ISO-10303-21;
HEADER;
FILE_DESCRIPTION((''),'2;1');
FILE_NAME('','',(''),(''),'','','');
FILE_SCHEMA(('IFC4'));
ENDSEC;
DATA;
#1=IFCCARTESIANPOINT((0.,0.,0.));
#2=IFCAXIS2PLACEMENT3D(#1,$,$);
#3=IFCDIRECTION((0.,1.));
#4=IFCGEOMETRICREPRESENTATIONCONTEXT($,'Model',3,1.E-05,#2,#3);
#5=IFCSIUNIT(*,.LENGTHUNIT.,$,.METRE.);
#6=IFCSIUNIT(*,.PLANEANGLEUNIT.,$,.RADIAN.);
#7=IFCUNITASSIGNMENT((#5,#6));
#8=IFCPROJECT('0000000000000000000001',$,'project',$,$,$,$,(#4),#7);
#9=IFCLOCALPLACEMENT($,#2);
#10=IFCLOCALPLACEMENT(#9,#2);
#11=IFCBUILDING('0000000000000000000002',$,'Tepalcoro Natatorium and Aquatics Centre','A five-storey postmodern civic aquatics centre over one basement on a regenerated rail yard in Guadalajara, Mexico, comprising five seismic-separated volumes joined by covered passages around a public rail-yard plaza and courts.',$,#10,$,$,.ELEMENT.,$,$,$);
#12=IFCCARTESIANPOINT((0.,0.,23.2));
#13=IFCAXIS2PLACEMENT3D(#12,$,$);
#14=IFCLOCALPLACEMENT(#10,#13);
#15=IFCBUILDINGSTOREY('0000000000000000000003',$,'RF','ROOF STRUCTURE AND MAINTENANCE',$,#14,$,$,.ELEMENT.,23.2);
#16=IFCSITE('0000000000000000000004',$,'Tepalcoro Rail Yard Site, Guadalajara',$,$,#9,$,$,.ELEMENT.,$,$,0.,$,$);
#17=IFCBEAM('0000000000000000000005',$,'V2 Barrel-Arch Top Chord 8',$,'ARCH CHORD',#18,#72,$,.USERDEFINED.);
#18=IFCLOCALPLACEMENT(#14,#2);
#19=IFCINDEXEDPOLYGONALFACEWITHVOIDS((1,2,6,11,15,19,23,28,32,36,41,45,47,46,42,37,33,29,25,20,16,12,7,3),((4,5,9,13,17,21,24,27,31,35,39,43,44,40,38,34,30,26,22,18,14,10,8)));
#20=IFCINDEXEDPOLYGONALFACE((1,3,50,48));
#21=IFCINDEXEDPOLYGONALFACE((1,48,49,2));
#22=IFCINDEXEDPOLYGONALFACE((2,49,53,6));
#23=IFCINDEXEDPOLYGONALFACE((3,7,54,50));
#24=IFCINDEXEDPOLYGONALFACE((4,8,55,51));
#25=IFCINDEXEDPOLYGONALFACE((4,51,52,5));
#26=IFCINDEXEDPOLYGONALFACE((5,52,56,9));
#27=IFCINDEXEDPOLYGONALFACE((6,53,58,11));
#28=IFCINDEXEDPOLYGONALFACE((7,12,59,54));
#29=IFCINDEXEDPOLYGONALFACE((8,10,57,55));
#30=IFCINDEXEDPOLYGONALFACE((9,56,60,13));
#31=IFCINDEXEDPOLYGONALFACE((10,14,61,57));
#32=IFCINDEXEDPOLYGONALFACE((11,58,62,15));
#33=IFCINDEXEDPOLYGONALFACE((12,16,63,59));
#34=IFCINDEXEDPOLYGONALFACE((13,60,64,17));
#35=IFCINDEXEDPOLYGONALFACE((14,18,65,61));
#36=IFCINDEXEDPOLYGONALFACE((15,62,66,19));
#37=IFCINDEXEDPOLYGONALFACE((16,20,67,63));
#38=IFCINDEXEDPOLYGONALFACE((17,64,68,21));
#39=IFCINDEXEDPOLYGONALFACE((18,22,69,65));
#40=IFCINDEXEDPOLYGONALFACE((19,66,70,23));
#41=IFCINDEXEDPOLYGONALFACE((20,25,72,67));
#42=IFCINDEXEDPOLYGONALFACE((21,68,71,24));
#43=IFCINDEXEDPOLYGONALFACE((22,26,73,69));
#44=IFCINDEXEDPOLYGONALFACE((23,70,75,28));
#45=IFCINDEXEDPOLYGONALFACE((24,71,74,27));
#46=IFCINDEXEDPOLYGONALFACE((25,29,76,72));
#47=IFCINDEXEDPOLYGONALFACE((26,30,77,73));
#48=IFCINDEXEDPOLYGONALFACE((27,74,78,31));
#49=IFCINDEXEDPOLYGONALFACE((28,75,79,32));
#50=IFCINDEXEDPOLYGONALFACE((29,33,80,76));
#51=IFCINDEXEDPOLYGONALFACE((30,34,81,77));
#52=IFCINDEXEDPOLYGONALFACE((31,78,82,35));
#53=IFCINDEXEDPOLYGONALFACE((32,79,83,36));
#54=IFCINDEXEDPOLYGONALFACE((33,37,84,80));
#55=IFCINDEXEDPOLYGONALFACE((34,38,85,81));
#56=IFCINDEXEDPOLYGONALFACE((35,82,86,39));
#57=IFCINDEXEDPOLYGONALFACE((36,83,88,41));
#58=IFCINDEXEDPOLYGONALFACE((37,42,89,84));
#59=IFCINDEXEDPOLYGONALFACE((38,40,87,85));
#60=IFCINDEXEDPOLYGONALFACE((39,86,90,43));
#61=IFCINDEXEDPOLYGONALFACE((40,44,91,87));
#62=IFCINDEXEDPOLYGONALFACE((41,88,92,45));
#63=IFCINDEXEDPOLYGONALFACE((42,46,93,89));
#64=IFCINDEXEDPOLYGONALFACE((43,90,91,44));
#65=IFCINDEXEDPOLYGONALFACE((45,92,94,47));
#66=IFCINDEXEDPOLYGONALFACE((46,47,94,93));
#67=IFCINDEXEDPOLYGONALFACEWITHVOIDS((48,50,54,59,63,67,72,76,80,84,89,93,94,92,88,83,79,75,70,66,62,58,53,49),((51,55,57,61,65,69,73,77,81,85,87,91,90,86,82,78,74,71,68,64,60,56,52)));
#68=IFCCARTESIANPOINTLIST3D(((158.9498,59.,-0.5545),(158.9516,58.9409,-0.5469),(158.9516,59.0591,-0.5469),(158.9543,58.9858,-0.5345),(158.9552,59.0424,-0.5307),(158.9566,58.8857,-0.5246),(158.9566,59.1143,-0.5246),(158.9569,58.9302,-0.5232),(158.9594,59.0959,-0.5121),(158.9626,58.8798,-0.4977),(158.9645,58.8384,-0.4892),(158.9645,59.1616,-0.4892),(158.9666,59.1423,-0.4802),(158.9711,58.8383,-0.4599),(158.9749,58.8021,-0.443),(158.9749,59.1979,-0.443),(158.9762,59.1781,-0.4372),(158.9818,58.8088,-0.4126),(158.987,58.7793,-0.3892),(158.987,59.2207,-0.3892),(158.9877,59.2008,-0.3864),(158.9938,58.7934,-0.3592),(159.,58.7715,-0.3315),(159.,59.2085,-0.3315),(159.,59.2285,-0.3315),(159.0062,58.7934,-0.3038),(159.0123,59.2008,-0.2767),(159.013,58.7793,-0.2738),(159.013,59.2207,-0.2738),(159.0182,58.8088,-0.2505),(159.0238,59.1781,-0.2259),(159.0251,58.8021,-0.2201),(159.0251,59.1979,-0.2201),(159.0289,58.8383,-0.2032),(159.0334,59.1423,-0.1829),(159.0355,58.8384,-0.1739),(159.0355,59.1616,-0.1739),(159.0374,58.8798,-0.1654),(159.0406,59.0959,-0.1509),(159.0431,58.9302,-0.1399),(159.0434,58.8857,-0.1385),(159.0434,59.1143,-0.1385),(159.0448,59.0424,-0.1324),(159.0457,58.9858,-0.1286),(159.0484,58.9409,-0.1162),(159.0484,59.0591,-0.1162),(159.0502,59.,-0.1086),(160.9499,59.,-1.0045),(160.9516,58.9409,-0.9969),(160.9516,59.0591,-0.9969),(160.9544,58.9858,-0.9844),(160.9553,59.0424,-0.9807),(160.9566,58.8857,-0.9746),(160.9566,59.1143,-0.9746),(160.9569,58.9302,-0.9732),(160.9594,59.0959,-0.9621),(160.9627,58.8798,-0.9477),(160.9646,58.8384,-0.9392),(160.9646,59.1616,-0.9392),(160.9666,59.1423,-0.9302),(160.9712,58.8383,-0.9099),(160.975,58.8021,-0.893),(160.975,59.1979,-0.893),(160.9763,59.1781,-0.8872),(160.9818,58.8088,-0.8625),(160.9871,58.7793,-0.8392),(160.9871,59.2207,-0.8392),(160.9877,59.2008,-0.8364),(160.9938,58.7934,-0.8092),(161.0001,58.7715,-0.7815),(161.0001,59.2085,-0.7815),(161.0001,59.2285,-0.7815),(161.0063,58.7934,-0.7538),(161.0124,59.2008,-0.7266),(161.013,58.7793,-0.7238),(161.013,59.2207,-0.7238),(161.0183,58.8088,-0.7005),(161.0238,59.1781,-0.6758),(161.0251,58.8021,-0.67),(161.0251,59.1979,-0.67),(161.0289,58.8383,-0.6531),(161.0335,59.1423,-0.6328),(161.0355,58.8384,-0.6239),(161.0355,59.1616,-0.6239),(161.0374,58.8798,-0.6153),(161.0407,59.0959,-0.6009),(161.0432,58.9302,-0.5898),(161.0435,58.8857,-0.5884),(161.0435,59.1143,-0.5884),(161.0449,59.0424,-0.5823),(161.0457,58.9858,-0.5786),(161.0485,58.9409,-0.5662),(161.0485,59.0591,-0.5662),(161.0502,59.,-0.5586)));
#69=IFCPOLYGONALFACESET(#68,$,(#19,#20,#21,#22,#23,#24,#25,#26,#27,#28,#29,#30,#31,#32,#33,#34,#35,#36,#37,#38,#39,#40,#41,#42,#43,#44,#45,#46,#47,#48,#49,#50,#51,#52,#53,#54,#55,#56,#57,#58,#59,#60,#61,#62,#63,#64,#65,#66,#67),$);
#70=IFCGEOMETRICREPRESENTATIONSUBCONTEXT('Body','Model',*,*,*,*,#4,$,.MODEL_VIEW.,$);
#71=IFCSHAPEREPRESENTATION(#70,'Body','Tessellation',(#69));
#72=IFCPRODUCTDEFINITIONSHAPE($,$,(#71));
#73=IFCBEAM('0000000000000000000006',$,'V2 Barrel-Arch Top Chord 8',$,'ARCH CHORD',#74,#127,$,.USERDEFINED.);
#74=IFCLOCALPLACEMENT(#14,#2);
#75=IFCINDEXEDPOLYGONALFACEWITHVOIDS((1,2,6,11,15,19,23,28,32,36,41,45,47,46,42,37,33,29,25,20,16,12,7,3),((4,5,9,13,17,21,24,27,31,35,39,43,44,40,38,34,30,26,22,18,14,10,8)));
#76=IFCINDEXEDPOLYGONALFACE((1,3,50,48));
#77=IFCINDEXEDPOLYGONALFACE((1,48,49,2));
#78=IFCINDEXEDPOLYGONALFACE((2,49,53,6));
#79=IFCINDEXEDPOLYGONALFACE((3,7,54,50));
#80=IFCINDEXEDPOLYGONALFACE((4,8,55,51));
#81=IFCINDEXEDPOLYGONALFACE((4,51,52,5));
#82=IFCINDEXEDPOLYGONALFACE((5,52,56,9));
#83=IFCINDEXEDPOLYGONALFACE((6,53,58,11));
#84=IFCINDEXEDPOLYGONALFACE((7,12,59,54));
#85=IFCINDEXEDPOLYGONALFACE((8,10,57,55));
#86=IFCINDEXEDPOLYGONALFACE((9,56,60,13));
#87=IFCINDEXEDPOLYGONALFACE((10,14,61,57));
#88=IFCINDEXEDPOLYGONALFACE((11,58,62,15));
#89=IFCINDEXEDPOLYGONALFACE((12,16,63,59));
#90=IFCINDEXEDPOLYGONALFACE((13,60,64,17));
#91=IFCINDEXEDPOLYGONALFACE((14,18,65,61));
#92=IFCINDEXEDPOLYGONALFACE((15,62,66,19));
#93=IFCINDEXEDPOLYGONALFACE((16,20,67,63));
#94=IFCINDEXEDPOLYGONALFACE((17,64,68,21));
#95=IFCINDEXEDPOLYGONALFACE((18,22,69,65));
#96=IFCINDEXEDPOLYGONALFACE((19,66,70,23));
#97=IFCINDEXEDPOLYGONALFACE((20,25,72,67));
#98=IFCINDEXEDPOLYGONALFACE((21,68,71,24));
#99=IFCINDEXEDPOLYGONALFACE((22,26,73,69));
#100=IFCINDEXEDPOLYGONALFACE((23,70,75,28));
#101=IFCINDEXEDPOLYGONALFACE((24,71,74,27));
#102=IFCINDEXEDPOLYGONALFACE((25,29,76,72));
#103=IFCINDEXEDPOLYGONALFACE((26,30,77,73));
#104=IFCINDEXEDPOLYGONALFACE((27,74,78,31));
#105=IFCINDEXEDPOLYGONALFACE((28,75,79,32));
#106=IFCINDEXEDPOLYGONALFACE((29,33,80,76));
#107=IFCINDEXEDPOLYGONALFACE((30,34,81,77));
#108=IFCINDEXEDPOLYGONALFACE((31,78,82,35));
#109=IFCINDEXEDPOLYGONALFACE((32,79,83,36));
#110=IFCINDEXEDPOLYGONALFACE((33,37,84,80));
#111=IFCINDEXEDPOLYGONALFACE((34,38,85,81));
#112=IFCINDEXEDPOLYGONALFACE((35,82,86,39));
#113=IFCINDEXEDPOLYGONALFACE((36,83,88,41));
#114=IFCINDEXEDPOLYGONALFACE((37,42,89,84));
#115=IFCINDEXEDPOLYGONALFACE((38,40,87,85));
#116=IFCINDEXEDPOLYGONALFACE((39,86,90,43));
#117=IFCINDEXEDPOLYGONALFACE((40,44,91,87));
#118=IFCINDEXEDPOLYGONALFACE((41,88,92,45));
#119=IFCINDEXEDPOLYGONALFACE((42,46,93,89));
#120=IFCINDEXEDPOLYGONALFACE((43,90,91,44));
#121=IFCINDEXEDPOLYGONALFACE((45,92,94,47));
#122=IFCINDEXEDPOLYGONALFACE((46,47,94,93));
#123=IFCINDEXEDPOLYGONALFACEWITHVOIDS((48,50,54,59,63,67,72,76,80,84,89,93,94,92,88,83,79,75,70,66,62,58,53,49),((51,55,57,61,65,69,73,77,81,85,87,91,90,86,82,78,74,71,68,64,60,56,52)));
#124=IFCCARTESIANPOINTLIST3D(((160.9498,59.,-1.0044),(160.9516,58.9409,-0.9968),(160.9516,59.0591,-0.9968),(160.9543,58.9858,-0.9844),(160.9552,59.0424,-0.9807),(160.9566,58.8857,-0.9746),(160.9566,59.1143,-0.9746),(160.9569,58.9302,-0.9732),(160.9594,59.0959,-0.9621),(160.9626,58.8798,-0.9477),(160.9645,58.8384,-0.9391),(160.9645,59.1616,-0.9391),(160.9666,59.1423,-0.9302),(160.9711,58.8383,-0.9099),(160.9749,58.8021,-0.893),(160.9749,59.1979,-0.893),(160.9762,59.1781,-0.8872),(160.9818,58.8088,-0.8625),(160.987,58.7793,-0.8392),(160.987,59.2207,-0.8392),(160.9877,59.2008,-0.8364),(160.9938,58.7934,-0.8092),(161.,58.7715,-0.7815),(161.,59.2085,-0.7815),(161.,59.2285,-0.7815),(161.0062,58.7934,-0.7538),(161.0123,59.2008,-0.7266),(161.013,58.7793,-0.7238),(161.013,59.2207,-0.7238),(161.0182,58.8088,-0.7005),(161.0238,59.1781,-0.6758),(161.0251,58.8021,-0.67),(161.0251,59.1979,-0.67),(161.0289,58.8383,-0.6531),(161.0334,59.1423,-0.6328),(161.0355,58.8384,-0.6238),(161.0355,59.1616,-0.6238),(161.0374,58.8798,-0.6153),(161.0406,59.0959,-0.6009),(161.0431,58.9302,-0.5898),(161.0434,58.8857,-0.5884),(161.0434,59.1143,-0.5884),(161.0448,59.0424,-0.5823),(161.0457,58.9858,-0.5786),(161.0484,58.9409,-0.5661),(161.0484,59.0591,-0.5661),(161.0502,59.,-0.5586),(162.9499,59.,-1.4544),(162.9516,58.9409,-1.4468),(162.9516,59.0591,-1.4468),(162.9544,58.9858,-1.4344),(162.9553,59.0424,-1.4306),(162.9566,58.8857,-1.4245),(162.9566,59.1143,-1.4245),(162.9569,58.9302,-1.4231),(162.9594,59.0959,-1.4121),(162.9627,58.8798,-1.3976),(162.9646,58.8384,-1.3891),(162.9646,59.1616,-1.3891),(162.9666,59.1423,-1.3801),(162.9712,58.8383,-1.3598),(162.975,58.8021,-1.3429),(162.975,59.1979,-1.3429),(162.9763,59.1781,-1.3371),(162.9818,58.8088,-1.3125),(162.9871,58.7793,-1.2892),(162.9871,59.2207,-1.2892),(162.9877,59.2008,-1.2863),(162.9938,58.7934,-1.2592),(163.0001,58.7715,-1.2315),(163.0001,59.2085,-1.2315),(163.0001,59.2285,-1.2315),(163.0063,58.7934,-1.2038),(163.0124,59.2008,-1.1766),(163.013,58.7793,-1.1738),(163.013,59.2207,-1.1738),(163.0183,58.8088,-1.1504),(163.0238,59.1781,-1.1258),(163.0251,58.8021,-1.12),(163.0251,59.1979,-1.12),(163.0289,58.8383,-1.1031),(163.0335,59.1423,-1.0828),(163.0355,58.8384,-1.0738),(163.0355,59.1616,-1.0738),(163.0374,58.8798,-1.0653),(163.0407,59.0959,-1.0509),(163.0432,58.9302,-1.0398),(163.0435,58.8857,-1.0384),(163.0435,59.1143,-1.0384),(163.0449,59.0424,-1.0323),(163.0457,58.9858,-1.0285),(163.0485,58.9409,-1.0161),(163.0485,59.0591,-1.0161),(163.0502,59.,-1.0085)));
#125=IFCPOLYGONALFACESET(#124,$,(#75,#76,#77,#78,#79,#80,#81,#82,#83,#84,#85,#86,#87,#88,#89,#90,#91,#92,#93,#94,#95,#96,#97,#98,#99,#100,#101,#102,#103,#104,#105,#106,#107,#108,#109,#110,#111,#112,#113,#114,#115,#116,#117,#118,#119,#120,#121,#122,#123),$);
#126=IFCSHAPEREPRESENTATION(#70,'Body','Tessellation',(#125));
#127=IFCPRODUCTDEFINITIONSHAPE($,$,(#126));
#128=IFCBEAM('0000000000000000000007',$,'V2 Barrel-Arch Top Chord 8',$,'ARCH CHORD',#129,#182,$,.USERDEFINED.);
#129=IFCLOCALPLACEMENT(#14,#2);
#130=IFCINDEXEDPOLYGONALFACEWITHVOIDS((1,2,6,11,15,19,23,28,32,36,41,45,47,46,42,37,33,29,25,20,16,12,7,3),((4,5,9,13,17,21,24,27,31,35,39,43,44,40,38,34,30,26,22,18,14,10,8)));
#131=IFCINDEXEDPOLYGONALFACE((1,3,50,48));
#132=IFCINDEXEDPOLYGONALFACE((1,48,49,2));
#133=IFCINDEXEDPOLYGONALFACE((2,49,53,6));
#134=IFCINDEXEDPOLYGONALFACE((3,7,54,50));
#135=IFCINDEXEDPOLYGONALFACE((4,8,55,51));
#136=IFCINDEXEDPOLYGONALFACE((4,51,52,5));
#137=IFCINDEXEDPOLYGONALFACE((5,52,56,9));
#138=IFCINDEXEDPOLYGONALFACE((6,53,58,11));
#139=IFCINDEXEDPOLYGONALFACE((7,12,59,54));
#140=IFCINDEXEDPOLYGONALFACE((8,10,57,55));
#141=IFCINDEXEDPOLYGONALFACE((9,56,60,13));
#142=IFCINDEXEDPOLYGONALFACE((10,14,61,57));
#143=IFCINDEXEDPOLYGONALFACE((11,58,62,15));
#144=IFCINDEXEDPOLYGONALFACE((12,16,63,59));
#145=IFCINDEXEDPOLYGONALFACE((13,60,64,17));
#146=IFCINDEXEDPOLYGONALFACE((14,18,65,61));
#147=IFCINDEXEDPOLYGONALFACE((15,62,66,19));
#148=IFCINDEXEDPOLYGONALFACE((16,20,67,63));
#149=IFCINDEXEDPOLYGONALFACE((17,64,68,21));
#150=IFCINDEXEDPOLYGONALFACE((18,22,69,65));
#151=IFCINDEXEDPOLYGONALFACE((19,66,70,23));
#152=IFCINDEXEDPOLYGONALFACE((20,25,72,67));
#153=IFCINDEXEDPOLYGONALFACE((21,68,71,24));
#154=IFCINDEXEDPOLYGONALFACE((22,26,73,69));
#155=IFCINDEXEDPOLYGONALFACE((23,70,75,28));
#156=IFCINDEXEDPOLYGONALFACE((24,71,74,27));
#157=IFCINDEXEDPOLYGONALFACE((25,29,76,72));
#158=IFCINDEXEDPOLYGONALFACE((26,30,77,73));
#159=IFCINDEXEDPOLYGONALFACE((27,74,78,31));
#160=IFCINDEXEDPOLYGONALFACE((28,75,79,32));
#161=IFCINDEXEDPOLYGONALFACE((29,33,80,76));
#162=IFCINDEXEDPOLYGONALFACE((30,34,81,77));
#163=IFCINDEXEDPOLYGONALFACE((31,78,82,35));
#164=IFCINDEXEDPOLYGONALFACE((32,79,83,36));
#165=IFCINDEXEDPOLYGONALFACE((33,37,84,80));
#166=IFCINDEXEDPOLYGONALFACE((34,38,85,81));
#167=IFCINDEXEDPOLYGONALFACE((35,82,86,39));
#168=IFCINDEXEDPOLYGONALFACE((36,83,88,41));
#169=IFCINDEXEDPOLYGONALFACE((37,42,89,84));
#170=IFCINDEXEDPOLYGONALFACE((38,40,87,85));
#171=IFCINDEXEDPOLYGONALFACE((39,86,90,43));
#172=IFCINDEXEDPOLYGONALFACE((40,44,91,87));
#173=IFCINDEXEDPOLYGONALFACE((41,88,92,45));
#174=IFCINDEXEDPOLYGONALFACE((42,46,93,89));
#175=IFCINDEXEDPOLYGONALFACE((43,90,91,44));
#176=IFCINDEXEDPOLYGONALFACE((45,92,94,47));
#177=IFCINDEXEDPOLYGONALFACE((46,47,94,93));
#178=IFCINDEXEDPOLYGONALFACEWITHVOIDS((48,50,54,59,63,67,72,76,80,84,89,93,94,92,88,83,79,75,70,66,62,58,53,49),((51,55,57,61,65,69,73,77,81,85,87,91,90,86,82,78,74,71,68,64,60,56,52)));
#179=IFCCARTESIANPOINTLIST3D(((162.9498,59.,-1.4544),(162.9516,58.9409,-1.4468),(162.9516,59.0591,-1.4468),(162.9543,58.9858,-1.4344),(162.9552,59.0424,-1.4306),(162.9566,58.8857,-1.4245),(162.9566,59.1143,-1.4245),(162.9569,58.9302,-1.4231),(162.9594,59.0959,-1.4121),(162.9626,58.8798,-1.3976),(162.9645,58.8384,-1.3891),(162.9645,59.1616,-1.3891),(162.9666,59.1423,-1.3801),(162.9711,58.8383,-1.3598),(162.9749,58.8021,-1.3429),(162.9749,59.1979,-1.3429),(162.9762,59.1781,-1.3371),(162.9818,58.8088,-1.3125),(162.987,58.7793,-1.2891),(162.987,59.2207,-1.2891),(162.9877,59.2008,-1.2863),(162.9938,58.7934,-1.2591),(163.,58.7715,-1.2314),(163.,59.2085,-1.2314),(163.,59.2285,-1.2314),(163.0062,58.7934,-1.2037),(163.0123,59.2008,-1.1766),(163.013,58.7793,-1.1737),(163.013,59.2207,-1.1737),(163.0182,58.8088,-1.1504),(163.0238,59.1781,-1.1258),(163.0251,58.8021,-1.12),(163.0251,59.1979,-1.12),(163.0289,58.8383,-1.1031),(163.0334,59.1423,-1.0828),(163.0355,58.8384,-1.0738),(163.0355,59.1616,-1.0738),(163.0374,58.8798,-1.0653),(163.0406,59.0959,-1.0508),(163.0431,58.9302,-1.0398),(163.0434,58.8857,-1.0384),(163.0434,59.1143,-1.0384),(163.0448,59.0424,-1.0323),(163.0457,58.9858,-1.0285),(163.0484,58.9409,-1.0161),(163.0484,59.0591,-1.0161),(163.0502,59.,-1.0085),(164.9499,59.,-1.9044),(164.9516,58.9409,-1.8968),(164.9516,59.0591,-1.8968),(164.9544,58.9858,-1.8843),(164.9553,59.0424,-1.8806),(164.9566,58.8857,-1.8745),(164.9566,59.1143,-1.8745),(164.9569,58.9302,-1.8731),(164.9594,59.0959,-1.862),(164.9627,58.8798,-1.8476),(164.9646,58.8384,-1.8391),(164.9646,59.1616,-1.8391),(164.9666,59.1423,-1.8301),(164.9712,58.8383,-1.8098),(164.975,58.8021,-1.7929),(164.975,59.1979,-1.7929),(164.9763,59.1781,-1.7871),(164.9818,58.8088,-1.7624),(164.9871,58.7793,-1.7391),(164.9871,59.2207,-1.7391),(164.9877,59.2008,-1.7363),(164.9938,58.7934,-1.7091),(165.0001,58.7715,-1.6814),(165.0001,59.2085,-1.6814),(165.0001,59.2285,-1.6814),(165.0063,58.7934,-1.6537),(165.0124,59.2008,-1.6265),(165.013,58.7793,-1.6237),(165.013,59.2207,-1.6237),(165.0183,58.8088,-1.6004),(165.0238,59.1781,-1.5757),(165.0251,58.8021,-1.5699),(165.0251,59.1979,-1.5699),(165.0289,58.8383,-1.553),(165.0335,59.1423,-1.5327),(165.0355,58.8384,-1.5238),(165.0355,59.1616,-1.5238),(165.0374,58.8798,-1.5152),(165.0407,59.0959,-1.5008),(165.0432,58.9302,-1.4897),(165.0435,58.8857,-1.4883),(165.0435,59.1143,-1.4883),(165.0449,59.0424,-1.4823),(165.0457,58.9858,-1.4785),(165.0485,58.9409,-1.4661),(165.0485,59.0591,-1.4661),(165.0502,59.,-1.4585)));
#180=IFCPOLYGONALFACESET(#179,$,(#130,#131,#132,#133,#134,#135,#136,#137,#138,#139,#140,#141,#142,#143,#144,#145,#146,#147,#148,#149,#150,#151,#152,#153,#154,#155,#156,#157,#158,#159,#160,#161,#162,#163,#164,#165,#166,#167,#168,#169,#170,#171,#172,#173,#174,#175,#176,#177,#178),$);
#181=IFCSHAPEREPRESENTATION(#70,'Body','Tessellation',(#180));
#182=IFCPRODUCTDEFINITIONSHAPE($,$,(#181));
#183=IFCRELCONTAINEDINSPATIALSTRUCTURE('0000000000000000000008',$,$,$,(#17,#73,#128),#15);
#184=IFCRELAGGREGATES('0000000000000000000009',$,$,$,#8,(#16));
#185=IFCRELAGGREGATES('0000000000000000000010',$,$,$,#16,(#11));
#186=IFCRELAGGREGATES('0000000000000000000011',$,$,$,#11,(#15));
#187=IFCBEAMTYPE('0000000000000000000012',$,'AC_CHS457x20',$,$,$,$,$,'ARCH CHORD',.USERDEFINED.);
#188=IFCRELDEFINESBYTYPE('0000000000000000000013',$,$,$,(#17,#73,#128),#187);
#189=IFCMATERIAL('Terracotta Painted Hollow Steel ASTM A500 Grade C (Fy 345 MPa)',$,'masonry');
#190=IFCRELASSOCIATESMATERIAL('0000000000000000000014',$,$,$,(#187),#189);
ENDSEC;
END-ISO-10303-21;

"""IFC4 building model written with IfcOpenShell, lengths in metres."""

from ifc_helpers import new_model, si_unit, direction, frame, origin, origin_2d, place, context, subcontext, project, spatial, hollow_circle, extrude, material, material_profile, profile_set, type_object, element, save


model = new_model("IFC4")

# Units and contexts
model_context = context("Model", 3, precision=1e-05, world=origin(), true_north=direction((0.0, 1.0)))
body_context = subcontext(model_context, "Body", "Model", "MODEL_VIEW")
ifc_project = project(units=[si_unit("LENGTHUNIT", "METRE"), si_unit("PLANEANGLEUNIT", "RADIAN")], contexts=[model_context])

# Site, building, storey
site_placement = place(None, origin())
site = spatial("IfcSite", under=ifc_project, at=site_placement, Name="Tepalcoro Rail Yard Site, Guadalajara", CompositionType="ELEMENT", RefElevation=0.0)
building_placement = place(site_placement, origin())
building = spatial("IfcBuilding", under=site, at=building_placement, Name="Tepalcoro Natatorium and Aquatics Centre", Description="A five-storey postmodern civic aquatics centre over one basement on a regenerated rail yard in Guadalajara, Mexico, comprising five seismic-separated volumes joined by covered passages around a public rail-yard plaza and courts.", CompositionType="ELEMENT")
storey_placement = place(building_placement, frame((0.0, 0.0, 23.2)))
storey = spatial("IfcBuildingStorey", under=building, at=storey_placement, Name="RF", Description="ROOF STRUCTURE AND MAINTENANCE", CompositionType="ELEMENT", Elevation=23.2)

# Beams
ifc_material_1 = material(Name="Terracotta Painted Hollow Steel ASTM A500 Grade C (Fy 345 MPa)", Category="masonry")
ifc_material_profile_1 = material_profile(ifc_material_1, hollow_circle(Radius=0.2285, WallThickness=0.02, at=origin_2d()), Name="CHS457X20")
ifc_profile_set_1 = profile_set([ifc_material_profile_1], Name="Terracotta Painted Hollow Steel ASTM A500 Grade C (Fy 345 MPa)")
beam_type = type_object("IfcBeamType", Name="AC_CHS457x20", ElementType="ARCH CHORD", PredefinedType="USERDEFINED", material=ifc_profile_set_1)
for number, where, z_axis, x_axis, name in (
    (1, (159.0, 59.0, -0.3315), (0.975615, 0.0, -0.21949), (0.0, 1.0, 0.0), "V2 Barrel-Arch Top Chord 8"),
    (2, (161.0, 59.0, -0.7815), (0.975615, 0.0, -0.21949), (0.0, 1.0, 0.0), "V2 Barrel-Arch Top Chord 8"),
    (3, (163.0, 59.0, -1.2314), (0.975615, 0.0, -0.21949), (0.0, 1.0, 0.0), "V2 Barrel-Arch Top Chord 8"),
):
    element("IfcBeam", number, at=place(storey_placement, frame(where, z_axis=z_axis, x_axis=x_axis)), inside=storey, type_object=beam_type, Name=name, ObjectType="ARCH CHORD", PredefinedType="USERDEFINED", context=body_context, shape_type="SweptSolid", body=[
        extrude(hollow_circle(Radius=0.2285, WallThickness=0.02, at=origin_2d()), origin(), (0.0, 0.0, 1.0), 2.05),
    ])

save(model, "model.ifc")
